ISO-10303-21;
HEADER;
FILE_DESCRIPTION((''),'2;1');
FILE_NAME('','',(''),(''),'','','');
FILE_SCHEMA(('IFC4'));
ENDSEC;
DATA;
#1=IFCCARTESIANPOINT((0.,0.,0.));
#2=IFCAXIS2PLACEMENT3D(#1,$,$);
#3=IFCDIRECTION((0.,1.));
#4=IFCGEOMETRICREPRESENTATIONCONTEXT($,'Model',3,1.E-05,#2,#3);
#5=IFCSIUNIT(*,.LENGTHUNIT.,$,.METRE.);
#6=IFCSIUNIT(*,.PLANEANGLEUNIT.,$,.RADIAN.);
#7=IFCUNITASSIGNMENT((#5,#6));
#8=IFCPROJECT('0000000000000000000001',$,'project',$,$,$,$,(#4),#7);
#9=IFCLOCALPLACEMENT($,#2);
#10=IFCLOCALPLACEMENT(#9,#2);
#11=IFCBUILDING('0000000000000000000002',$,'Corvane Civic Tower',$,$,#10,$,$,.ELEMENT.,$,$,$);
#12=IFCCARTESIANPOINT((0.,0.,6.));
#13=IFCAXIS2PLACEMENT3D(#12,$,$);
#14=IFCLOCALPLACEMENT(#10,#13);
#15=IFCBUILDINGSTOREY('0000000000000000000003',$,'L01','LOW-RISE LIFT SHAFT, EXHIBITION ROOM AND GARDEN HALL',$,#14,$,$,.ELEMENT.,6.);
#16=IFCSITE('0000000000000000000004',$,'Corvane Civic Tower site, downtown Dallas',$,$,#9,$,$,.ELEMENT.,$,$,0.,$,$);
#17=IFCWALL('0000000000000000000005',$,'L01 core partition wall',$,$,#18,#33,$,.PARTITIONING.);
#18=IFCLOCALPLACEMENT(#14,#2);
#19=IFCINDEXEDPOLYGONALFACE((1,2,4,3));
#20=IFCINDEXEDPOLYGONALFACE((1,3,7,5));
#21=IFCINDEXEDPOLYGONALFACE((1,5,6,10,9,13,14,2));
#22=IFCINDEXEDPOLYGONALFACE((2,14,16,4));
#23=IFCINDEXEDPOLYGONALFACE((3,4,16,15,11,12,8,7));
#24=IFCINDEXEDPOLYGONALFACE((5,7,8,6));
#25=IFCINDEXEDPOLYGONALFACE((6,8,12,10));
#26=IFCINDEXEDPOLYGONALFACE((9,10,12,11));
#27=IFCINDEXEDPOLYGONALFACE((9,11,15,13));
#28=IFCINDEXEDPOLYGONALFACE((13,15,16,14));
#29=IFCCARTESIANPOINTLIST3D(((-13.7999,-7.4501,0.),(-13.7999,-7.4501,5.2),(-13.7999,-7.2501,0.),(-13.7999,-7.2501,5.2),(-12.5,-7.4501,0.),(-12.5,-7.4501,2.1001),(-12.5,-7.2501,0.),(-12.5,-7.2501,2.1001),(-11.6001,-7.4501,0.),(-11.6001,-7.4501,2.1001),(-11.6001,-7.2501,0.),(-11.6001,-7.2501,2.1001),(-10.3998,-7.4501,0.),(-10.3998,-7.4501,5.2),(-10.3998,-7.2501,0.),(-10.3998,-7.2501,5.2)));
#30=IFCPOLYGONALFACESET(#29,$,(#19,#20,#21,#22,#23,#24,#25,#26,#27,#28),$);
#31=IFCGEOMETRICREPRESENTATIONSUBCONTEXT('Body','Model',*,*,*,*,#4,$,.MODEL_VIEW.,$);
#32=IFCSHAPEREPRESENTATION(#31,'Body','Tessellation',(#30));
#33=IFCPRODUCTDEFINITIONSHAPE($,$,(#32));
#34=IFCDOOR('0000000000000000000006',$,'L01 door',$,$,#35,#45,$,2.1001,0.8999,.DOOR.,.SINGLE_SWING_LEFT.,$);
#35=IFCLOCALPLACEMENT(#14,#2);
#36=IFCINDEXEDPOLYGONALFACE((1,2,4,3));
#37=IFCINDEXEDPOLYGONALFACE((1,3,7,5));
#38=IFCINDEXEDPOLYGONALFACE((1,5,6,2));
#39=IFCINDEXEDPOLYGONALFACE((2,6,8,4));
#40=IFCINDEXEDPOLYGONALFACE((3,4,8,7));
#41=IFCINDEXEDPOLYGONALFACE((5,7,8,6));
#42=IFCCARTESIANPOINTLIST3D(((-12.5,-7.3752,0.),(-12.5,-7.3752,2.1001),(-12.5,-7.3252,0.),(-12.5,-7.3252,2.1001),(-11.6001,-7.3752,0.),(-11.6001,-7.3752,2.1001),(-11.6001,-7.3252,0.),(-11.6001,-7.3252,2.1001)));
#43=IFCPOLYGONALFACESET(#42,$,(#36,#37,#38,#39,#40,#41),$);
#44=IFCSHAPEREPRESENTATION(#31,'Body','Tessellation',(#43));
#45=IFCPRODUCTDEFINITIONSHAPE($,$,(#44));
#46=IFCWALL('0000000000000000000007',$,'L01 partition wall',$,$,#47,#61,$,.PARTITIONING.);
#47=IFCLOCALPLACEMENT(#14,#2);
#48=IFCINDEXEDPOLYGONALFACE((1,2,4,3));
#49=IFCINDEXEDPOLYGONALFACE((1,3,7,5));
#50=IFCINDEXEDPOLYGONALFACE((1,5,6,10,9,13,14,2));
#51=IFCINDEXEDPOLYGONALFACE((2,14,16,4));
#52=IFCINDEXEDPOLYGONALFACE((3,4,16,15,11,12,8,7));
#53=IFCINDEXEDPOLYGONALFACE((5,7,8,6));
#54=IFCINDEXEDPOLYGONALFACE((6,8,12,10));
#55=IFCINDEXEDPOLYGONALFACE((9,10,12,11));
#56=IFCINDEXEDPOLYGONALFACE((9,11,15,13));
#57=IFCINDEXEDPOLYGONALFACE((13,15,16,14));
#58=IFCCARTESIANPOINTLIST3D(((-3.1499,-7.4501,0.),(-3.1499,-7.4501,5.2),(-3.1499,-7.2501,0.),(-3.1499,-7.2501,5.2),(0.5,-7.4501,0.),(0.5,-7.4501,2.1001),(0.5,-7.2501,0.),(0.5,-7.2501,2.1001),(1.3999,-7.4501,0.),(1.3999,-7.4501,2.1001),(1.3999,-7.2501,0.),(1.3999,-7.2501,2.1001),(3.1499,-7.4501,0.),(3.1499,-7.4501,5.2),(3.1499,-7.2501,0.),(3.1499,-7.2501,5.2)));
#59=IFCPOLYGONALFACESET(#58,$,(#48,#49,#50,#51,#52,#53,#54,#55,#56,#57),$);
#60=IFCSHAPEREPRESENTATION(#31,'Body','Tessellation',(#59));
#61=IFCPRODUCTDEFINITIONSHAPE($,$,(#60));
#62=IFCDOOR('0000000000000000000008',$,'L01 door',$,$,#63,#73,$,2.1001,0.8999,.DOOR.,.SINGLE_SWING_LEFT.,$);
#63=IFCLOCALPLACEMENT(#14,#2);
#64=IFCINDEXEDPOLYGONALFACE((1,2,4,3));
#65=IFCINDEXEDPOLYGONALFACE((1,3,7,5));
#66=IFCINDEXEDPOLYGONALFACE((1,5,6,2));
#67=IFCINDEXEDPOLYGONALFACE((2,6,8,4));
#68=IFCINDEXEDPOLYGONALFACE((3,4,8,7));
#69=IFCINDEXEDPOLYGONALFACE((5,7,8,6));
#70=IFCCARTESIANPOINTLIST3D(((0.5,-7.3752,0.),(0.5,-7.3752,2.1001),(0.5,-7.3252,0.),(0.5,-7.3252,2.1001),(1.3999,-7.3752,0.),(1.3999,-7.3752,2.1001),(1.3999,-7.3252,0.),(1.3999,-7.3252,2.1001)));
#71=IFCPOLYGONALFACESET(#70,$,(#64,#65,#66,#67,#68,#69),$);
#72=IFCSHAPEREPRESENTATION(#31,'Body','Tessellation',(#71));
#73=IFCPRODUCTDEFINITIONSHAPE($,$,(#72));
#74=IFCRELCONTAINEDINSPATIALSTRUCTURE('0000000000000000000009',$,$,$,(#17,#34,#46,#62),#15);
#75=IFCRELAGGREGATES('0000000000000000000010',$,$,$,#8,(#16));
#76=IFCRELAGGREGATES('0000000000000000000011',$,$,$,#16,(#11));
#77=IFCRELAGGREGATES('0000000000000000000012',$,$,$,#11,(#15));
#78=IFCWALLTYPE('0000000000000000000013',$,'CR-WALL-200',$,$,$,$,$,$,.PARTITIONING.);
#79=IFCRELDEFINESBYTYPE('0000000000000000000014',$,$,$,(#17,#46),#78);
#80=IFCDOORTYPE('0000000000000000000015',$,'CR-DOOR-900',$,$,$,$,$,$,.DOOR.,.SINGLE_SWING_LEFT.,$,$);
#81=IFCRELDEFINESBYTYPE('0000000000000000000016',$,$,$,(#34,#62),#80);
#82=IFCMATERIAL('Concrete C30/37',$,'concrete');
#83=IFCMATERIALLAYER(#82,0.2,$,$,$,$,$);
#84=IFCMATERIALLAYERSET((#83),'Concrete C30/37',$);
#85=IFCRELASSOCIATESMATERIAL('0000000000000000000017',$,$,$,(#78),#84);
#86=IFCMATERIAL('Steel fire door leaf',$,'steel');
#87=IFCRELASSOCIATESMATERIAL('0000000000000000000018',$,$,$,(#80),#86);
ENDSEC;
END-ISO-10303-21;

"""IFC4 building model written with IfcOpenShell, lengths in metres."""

from ifc_helpers import new_model, si_unit, direction, frame, frame_2d, origin, place, context, subcontext, project, spatial, rectangle, extrude, material, layer, layer_set, type_object, element, fill, save


model = new_model("IFC4")

# Units and contexts
model_context = context("Model", 3, precision=1e-05, world=origin(), true_north=direction((0.0, 1.0)))
body_context = subcontext(model_context, "Body", "Model", "MODEL_VIEW")
ifc_project = project(units=[si_unit("LENGTHUNIT", "METRE"), si_unit("PLANEANGLEUNIT", "RADIAN")], contexts=[model_context])

# Site, building, storey
site_placement = place(None, origin())
site = spatial("IfcSite", under=ifc_project, at=site_placement, Name="Corvane Civic Tower site, downtown Dallas", CompositionType="ELEMENT", RefElevation=0.0)
building_placement = place(site_placement, origin())
building = spatial("IfcBuilding", under=site, at=building_placement, Name="Corvane Civic Tower", CompositionType="ELEMENT")
storey_placement = place(building_placement, frame((0.0, 0.0, 6.0)))
storey = spatial("IfcBuildingStorey", under=building, at=storey_placement, Name="L01", Description="LOW-RISE LIFT SHAFT, EXHIBITION ROOM AND GARDEN HALL", CompositionType="ELEMENT", Elevation=6.0)

# Walls, openings, doors
ifc_material_1 = material(Name="Concrete C30/37", Category="concrete")
ifc_layer_1 = layer(ifc_material_1, 0.2)
ifc_layer_set_1 = layer_set([ifc_layer_1], Name="Concrete C30/37")
wall_type_1 = type_object("IfcWallType", Name="CR-WALL-200", PredefinedType="PARTITIONING", material=ifc_layer_set_1)
wall_1_placement = place(storey_placement, frame((-13.8, -7.3501, 0.0), z_axis=(0.0, 0.0, 1.0), x_axis=(1.0, 0.0, 0.0)))
wall_1 = element("IfcWall", 1, at=wall_1_placement, inside=storey, type_object=wall_type_1, Name="L01 core partition wall", PredefinedType="PARTITIONING", context=body_context, shape_type="SweptSolid", body=[
    extrude(rectangle(XDim=3.4001, YDim=0.2, at=frame_2d((1.7002, 0.0))), origin(), (0.0, 0.0, 1.0), 5.2),
])
opening_1_placement = place(wall_1_placement, frame((1.3, 0.0, 0.0)))
opening_1 = element("IfcOpeningElement", 2, at=opening_1_placement, cuts=wall_1, PredefinedType="OPENING", context=body_context, shape_type="SweptSolid", body=[
    extrude(rectangle(XDim=0.8999, YDim=2.1001, at=frame_2d((0.45, 1.05))), frame((0.0, 0.1099, 0.0), z_axis=(0.0, -1.0, 0.0), x_axis=(1.0, 0.0, 0.0)), (0.0, 0.0, 1.0), 0.22),
])
ifc_material_2 = material(Name="Steel fire door leaf", Category="steel")
door_type_1 = type_object("IfcDoorType", Name="CR-DOOR-900", OperationType="SINGLE_SWING_LEFT", PredefinedType="DOOR", material=ifc_material_2)
door_1_placement = place(opening_1_placement, origin())
door_1 = element("IfcDoor", 3, at=door_1_placement, inside=storey, type_object=door_type_1, Name="L01 door", OperationType="SINGLE_SWING_LEFT", OverallHeight=2.1001, OverallWidth=0.8999, PredefinedType="DOOR", context=body_context, shape_type="SweptSolid", body=[
    extrude(rectangle(XDim=0.8999, YDim=2.1001, at=frame_2d((0.45, 1.05))), frame((0.0, 0.0249, 0.0), z_axis=(0.0, -1.0, 0.0), x_axis=(1.0, 0.0, 0.0)), (0.0, 0.0, 1.0), 0.05),
])
fill(opening_1, door_1)
wall_2_placement = place(storey_placement, frame((-3.1499, -7.3501, 0.0), z_axis=(0.0, 0.0, 1.0), x_axis=(1.0, 0.0, 0.0)))
wall_2 = element("IfcWall", 4, at=wall_2_placement, inside=storey, type_object=wall_type_1, Name="L01 partition wall", PredefinedType="PARTITIONING", context=body_context, shape_type="SweptSolid", body=[
    extrude(rectangle(XDim=6.2998, YDim=0.2, at=frame_2d((3.1499, 0.0))), origin(), (0.0, 0.0, 1.0), 5.2),
])
opening_2_placement = place(wall_2_placement, frame((3.6499, 0.0, 0.0)))
opening_2 = element("IfcOpeningElement", 5, at=opening_2_placement, cuts=wall_2, PredefinedType="OPENING", context=body_context, shape_type="SweptSolid", body=[
    extrude(rectangle(XDim=0.8999, YDim=2.1001, at=frame_2d((0.45, 1.05))), frame((0.0, 0.1099, 0.0), z_axis=(0.0, -1.0, 0.0), x_axis=(1.0, 0.0, 0.0)), (0.0, 0.0, 1.0), 0.22),
])
door_2_placement = place(opening_2_placement, origin())
door_2 = element("IfcDoor", 6, at=door_2_placement, inside=storey, type_object=door_type_1, Name="L01 door", OperationType="SINGLE_SWING_LEFT", OverallHeight=2.1001, OverallWidth=0.8999, PredefinedType="DOOR", context=body_context, shape_type="SweptSolid", body=[
    extrude(rectangle(XDim=0.8999, YDim=2.1001, at=frame_2d((0.45, 1.05))), frame((0.0, 0.0249, 0.0), z_axis=(0.0, -1.0, 0.0), x_axis=(1.0, 0.0, 0.0)), (0.0, 0.0, 1.0), 0.05),
])
fill(opening_2, door_2)

save(model, "model.ifc")
